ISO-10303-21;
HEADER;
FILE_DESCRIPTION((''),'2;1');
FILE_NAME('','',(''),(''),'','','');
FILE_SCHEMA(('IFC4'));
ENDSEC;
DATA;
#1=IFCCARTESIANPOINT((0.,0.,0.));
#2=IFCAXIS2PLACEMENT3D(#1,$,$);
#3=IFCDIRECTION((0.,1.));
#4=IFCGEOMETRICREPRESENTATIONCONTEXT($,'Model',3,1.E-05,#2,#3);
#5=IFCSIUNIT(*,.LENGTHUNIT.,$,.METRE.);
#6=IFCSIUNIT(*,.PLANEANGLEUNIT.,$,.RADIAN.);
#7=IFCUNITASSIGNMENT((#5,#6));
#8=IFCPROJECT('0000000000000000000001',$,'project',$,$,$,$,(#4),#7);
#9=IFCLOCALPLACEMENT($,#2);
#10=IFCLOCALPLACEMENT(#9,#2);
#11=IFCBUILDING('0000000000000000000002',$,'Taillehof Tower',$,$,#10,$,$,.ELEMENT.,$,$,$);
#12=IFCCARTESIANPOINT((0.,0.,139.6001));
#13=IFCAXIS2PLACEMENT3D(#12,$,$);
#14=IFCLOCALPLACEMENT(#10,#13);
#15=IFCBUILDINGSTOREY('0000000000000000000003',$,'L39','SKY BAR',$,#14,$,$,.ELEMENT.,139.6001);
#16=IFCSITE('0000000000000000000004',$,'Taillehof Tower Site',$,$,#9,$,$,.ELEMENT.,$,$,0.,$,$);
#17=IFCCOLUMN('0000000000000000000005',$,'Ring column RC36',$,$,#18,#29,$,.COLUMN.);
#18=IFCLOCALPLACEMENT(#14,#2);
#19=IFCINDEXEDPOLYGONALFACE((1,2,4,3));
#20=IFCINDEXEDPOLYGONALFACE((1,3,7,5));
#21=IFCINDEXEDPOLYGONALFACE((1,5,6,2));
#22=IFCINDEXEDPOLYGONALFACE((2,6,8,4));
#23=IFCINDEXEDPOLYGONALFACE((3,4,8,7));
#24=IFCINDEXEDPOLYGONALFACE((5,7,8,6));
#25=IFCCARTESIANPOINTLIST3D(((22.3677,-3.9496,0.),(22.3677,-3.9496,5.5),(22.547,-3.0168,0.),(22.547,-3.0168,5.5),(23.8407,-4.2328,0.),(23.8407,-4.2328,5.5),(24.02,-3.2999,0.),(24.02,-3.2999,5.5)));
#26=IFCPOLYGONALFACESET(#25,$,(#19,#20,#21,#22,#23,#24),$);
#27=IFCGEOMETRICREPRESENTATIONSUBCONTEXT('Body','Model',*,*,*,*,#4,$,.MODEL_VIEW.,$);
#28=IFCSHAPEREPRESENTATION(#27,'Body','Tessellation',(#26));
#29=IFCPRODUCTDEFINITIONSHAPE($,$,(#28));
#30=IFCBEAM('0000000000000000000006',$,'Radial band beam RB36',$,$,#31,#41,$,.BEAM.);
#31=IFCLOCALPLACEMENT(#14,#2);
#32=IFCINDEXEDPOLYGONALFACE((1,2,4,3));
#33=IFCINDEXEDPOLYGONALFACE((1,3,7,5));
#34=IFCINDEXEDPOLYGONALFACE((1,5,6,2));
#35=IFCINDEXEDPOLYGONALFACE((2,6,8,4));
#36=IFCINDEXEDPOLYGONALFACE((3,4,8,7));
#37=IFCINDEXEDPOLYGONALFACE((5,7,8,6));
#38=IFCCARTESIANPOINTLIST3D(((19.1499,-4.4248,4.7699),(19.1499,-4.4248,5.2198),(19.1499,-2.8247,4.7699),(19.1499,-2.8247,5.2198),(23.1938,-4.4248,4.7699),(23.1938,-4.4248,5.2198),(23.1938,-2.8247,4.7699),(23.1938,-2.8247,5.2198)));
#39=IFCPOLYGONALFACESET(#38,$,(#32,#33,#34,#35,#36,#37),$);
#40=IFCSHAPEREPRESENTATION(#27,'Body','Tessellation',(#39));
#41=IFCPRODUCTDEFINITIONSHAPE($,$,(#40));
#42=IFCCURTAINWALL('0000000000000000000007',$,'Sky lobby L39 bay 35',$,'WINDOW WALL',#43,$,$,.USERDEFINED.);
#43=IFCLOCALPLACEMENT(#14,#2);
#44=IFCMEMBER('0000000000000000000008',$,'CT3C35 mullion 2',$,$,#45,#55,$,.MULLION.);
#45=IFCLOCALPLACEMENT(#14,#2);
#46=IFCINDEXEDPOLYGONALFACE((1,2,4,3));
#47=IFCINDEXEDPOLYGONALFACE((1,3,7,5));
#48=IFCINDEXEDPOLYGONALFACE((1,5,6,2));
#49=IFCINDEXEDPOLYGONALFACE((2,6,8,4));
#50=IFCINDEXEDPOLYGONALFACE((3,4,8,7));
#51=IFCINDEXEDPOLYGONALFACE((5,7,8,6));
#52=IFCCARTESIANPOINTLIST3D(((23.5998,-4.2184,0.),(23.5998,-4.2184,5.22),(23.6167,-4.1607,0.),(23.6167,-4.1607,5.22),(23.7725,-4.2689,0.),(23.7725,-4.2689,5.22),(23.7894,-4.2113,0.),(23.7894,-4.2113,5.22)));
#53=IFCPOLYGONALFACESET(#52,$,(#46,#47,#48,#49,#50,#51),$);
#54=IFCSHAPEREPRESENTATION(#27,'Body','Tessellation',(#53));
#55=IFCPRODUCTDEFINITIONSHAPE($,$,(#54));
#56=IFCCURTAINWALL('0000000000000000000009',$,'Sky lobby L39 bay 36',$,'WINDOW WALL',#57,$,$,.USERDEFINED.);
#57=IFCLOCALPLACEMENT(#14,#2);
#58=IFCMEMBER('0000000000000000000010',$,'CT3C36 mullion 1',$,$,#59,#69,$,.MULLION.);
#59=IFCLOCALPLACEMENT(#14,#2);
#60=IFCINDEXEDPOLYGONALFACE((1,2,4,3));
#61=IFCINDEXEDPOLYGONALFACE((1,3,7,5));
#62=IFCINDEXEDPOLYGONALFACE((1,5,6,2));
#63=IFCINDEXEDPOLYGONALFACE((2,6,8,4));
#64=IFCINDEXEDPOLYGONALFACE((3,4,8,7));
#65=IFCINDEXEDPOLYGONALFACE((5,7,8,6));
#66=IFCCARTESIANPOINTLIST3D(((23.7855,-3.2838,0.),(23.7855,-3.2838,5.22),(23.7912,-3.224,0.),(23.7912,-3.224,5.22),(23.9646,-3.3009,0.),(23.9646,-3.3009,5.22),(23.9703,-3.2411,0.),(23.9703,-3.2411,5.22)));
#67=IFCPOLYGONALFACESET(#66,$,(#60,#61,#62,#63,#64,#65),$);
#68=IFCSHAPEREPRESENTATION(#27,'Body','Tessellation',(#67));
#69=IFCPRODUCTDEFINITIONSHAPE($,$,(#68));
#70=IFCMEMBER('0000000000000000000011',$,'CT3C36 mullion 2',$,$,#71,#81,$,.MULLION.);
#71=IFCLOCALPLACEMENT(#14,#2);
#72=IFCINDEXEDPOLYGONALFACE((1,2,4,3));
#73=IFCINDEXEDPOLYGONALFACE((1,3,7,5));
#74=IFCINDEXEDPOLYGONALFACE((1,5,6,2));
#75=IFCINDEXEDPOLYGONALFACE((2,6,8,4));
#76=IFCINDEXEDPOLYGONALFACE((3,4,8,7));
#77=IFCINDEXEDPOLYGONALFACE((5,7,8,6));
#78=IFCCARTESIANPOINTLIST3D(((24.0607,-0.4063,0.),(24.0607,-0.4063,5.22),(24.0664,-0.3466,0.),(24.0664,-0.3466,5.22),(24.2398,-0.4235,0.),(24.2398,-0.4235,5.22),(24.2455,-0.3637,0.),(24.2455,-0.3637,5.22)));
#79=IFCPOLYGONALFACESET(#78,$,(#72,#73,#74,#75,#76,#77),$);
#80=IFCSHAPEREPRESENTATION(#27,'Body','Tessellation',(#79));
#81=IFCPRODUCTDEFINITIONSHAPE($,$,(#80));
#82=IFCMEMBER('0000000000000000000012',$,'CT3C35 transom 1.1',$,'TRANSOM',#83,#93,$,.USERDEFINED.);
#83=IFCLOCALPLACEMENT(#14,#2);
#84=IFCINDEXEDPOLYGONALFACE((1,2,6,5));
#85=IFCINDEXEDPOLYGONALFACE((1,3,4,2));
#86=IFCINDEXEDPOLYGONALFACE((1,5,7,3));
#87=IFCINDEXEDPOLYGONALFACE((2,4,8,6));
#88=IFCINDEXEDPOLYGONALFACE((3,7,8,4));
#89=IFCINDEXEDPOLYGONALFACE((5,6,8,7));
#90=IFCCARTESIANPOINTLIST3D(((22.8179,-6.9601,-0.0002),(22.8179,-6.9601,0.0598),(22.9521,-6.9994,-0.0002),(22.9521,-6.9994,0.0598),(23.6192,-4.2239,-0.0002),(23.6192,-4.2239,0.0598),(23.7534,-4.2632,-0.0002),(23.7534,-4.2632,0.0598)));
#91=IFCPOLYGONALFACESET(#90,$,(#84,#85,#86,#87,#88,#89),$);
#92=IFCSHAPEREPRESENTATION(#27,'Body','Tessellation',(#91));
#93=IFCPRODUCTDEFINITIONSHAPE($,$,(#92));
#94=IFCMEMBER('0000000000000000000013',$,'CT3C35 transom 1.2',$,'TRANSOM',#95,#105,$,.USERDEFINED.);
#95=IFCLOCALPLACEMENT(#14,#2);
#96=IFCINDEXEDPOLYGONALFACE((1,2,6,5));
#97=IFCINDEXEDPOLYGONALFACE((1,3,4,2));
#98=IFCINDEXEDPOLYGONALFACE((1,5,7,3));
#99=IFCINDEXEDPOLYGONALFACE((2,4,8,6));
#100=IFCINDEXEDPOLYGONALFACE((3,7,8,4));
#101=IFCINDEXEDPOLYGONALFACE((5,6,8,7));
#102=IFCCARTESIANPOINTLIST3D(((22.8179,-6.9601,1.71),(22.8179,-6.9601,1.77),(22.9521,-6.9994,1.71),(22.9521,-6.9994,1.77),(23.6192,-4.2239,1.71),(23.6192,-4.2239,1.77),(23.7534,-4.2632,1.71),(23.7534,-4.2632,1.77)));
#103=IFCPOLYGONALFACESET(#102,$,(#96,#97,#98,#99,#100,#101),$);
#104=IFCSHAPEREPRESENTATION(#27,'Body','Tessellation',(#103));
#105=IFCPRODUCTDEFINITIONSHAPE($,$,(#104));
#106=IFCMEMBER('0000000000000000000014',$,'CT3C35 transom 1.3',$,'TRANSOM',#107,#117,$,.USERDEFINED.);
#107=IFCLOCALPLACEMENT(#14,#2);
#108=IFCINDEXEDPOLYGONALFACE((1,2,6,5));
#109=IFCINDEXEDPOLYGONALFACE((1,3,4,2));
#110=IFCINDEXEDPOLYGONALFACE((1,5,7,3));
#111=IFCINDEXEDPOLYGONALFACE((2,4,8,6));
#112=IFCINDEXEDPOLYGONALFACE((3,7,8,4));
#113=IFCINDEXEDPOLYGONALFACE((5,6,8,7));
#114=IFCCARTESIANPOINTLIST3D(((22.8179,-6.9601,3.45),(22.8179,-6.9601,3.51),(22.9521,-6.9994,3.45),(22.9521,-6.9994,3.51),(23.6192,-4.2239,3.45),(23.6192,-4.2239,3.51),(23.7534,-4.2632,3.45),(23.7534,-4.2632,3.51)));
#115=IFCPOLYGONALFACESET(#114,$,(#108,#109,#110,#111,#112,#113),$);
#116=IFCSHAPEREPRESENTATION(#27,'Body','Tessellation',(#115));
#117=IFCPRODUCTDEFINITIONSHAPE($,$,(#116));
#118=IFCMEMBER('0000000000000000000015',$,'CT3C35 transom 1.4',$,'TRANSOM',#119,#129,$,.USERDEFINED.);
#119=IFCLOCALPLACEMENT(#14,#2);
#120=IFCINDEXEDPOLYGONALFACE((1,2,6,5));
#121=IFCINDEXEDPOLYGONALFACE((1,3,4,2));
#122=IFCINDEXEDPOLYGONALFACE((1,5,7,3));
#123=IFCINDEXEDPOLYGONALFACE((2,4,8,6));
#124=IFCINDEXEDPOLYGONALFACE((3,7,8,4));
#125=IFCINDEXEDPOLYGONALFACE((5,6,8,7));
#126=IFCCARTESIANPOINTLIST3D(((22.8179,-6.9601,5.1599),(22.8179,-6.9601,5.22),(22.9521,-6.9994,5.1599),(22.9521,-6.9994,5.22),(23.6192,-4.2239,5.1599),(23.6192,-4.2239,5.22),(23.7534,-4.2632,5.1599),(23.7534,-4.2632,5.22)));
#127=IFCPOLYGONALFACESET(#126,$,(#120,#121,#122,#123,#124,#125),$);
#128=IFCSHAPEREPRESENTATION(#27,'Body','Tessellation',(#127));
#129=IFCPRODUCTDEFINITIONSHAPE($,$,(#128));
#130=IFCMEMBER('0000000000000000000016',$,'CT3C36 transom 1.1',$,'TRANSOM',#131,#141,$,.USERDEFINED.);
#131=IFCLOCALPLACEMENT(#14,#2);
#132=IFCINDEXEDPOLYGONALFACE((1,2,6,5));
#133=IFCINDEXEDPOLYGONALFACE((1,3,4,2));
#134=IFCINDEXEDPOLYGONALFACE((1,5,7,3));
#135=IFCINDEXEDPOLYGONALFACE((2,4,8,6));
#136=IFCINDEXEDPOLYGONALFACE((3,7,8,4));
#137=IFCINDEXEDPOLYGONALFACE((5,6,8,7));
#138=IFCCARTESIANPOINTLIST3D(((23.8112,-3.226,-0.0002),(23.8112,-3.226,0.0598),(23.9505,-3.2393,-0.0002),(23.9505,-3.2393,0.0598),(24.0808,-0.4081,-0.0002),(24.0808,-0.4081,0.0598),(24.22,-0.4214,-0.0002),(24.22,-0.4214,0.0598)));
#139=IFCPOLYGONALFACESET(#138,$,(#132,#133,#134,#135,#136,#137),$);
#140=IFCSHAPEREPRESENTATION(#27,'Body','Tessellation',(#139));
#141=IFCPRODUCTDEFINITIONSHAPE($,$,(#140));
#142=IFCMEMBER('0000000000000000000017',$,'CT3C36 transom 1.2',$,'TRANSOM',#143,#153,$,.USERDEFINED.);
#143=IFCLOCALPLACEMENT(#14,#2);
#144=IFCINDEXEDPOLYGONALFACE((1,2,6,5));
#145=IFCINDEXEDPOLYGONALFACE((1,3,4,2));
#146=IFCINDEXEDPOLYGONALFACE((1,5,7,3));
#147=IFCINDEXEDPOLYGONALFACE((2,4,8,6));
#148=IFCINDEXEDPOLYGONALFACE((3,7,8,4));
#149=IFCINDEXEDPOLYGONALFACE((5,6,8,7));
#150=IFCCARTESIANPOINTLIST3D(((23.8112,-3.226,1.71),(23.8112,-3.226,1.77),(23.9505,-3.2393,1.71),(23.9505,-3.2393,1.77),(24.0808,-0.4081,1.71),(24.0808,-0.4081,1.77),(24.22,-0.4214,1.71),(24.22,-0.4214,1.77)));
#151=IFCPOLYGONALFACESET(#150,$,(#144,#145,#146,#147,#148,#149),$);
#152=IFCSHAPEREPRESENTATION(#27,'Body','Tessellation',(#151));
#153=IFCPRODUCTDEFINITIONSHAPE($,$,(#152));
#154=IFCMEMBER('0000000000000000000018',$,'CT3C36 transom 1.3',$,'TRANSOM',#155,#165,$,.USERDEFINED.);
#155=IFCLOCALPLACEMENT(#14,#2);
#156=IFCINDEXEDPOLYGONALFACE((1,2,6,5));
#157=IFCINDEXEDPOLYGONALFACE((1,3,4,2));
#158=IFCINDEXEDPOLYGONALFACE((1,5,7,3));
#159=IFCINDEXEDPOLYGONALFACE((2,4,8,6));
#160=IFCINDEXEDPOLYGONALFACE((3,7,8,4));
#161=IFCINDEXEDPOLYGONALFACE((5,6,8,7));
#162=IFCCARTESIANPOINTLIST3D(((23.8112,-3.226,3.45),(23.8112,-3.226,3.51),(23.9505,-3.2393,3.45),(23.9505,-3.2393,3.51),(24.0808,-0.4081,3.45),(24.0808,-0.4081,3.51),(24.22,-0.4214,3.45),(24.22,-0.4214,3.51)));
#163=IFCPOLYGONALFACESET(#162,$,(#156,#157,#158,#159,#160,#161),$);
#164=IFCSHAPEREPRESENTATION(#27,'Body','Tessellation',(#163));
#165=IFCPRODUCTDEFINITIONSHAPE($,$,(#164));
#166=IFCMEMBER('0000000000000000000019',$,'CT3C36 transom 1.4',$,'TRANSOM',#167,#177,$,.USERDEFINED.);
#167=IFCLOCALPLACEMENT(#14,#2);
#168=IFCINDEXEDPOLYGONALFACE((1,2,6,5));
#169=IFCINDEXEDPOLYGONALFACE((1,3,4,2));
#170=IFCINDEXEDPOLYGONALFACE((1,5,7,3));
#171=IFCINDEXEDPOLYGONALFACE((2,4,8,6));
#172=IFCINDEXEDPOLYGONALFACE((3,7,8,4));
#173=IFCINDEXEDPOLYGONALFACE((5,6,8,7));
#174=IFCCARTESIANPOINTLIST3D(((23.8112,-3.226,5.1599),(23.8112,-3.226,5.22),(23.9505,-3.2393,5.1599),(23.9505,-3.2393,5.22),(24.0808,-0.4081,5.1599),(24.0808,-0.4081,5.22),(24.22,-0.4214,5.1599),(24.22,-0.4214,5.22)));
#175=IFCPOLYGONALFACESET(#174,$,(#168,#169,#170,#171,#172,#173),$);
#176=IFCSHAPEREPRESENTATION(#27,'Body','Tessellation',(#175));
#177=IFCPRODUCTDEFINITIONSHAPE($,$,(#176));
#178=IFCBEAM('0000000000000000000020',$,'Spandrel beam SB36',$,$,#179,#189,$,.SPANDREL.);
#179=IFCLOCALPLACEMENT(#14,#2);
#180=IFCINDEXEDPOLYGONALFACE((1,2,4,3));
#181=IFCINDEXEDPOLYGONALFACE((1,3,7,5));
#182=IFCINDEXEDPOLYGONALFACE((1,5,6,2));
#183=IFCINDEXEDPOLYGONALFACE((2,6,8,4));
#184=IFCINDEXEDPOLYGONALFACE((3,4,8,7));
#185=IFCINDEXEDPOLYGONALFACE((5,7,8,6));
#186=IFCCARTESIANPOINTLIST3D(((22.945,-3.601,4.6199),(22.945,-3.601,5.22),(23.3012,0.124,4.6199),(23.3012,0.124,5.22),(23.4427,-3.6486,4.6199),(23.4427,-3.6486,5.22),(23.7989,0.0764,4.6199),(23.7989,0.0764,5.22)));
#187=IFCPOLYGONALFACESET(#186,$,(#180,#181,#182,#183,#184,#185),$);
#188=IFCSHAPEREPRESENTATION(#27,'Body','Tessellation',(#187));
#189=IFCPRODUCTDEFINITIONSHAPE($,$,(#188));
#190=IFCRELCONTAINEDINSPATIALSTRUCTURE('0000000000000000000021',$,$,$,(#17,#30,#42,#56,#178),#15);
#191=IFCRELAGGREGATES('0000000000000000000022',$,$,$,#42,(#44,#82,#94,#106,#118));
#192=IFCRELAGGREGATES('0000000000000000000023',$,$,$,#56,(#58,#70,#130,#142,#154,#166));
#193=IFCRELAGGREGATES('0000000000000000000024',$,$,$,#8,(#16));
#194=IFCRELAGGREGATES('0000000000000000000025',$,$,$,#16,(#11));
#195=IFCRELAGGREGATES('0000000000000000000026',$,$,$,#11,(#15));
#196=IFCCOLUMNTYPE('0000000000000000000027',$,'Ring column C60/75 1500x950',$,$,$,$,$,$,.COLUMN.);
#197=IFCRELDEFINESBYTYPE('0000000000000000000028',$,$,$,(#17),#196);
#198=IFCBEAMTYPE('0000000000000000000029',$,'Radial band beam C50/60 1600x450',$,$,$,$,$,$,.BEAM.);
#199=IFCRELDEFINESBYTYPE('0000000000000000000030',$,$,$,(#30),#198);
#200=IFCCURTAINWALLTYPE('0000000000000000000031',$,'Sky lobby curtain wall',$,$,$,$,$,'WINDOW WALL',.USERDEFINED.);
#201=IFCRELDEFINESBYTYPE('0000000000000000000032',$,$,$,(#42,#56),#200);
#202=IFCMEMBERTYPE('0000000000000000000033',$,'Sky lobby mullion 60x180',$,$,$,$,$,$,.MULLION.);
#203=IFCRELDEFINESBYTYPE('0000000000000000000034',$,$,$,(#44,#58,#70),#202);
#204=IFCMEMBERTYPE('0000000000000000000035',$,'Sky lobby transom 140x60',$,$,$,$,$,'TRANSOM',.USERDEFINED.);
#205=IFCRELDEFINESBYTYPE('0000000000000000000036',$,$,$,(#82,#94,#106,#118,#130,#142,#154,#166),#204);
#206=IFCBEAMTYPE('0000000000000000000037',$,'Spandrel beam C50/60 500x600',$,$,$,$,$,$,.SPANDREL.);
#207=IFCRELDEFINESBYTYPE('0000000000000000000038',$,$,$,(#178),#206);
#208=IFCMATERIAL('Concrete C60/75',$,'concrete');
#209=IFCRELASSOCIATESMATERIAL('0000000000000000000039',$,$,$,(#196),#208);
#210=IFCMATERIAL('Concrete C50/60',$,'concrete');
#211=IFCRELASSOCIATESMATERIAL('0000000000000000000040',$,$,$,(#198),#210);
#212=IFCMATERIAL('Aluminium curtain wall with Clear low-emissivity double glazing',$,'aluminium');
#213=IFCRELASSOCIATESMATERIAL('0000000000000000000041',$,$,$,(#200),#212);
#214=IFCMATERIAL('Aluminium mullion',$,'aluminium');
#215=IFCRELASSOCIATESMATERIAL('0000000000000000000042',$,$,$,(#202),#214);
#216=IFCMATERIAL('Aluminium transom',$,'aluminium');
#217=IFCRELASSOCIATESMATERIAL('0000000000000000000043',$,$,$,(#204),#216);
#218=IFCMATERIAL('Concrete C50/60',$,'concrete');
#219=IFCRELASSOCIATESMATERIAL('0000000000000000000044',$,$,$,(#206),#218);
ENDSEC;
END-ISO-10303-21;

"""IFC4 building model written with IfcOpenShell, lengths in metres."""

from ifc_helpers import new_model, si_unit, direction, frame, origin, origin_2d, place, context, subcontext, project, spatial, rectangle, extrude, material, material_profile, profile_set, type_object, element, aggregate, save


model = new_model("IFC4")

# Units and contexts
model_context = context("Model", 3, precision=1e-05, world=origin(), true_north=direction((0.0, 1.0)))
body_context = subcontext(model_context, "Body", "Model", "MODEL_VIEW")
ifc_project = project(units=[si_unit("LENGTHUNIT", "METRE"), si_unit("PLANEANGLEUNIT", "RADIAN")], contexts=[model_context])

# Site, building, storey
site_placement = place(None, origin())
site = spatial("IfcSite", under=ifc_project, at=site_placement, Name="Taillehof Tower Site", CompositionType="ELEMENT", RefElevation=0.0)
building_placement = place(site_placement, origin())
building = spatial("IfcBuilding", under=site, at=building_placement, Name="Taillehof Tower", CompositionType="ELEMENT")
storey_placement = place(building_placement, frame((0.0, 0.0, 139.6001)))
storey = spatial("IfcBuildingStorey", under=building, at=storey_placement, Name="L39", Description="SKY BAR", CompositionType="ELEMENT", Elevation=139.6001)

# Column
ifc_material_1 = material(Name="Concrete C60/75", Category="concrete")
ifc_material_profile_1 = material_profile(ifc_material_1, rectangle(XDim=1.5, YDim=0.95, at=origin_2d()), Name="RC 1500x950")
ifc_profile_set_1 = profile_set([ifc_material_profile_1], Name="Concrete C60/75")
column_type = type_object("IfcColumnType", Name="Ring column C60/75 1500x950", PredefinedType="COLUMN", material=ifc_profile_set_1)
column_placement = place(storey_placement, frame((23.1938, -3.6248, 0.0), z_axis=(0.0, 0.0, 1.0), x_axis=(0.982024, -0.188757, 0.0)))
element("IfcColumn", 1, at=column_placement, inside=storey, type_object=column_type, Name="Ring column RC36", PredefinedType="COLUMN", context=body_context, shape_type="SweptSolid", body=[
    extrude(rectangle(XDim=1.5, YDim=0.95, at=origin_2d()), origin(), (0.0, 0.0, 1.0), 5.5),
])

# Beam
ifc_material_2 = material(Name="Concrete C50/60", Category="concrete")
ifc_material_profile_2 = material_profile(ifc_material_2, rectangle(XDim=1.6001, YDim=0.45, at=origin_2d()), Name="RC 1600x450")
ifc_profile_set_2 = profile_set([ifc_material_profile_2], Name="Concrete C50/60")
beam_type_1 = type_object("IfcBeamType", Name="Radial band beam C50/60 1600x450", PredefinedType="BEAM", material=ifc_profile_set_2)
beam_1_placement = place(storey_placement, frame((23.1938, -3.6248, 4.9949), z_axis=(-1.0, 0.0, 0.0), x_axis=(0.0, -1.0, 0.0)))
element("IfcBeam", 2, at=beam_1_placement, inside=storey, type_object=beam_type_1, Name="Radial band beam RB36", PredefinedType="BEAM", context=body_context, shape_type="SweptSolid", body=[
    extrude(rectangle(XDim=1.6001, YDim=0.45, at=origin_2d()), origin(), (0.0, 0.0, 1.0), 4.0439),
])

# Curtain wall, member
ifc_material_3 = material(Name="Aluminium curtain wall with Clear low-emissivity double glazing", Category="aluminium")
curtain_wall_type = type_object("IfcCurtainWallType", Name="Sky lobby curtain wall", ElementType="WINDOW WALL", PredefinedType="USERDEFINED", material=ifc_material_3)
curtain_wall_1_placement = place(storey_placement, origin())
curtain_wall_1 = element("IfcCurtainWall", 3, at=curtain_wall_1_placement, inside=storey, type_object=curtain_wall_type, Name="Sky lobby L39 bay 35", ObjectType="WINDOW WALL", PredefinedType="USERDEFINED")
ifc_material_4 = material(Name="Aluminium mullion", Category="aluminium")
ifc_material_profile_3 = material_profile(ifc_material_4, rectangle(XDim=0.1799, YDim=0.0601, at=origin_2d()), Name="AL 60x180")
ifc_profile_set_3 = profile_set([ifc_material_profile_3], Name="Aluminium mullion")
member_type_1 = type_object("IfcMemberType", Name="Sky lobby mullion 60x180", PredefinedType="MULLION", material=ifc_profile_set_3)
member_1_placement = place(storey_placement, frame((23.6946, -4.2148, 0.0), z_axis=(0.0, 0.0, 1.0), x_axis=(-0.959684, 0.28108, 0.0)))
member_1 = element("IfcMember", 4, at=member_1_placement, type_object=member_type_1, Name="CT3C35 mullion 2", PredefinedType="MULLION", context=body_context, shape_type="SweptSolid", body=[
    extrude(rectangle(XDim=0.1799, YDim=0.0601, at=origin_2d()), origin(), (0.0, 0.0, 1.0), 5.22),
])

# Curtain wall, members
curtain_wall_2_placement = place(storey_placement, origin())
curtain_wall_2 = element("IfcCurtainWall", 5, at=curtain_wall_2_placement, inside=storey, type_object=curtain_wall_type, Name="Sky lobby L39 bay 36", ObjectType="WINDOW WALL", PredefinedType="USERDEFINED")
member_2_placement = place(storey_placement, frame((23.8779, -3.2625, 0.0), z_axis=(0.0, 0.0, 1.0), x_axis=(-0.995458, 0.095197, 0.0)))
member_2 = element("IfcMember", 6, at=member_2_placement, type_object=member_type_1, Name="CT3C36 mullion 1", PredefinedType="MULLION", context=body_context, shape_type="SweptSolid", body=[
    extrude(rectangle(XDim=0.1799, YDim=0.0601, at=origin_2d()), origin(), (0.0, 0.0, 1.0), 5.22),
])
member_3_placement = place(storey_placement, frame((24.1531, -0.385, 0.0), z_axis=(0.0, 0.0, 1.0), x_axis=(-0.995458, 0.095197, 0.0)))
member_3 = element("IfcMember", 7, at=member_3_placement, type_object=member_type_1, Name="CT3C36 mullion 2", PredefinedType="MULLION", context=body_context, shape_type="SweptSolid", body=[
    extrude(rectangle(XDim=0.1799, YDim=0.0601, at=origin_2d()), origin(), (0.0, 0.0, 1.0), 5.22),
])

# Members
ifc_material_5 = material(Name="Aluminium transom", Category="aluminium")
ifc_material_profile_4 = material_profile(ifc_material_5, rectangle(XDim=0.1399, YDim=0.0601, at=origin_2d()), Name="AL 140x60")
ifc_profile_set_4 = profile_set([ifc_material_profile_4], Name="Aluminium transom")
member_type_2 = type_object("IfcMemberType", Name="Sky lobby transom 140x60", ElementType="TRANSOM", PredefinedType="USERDEFINED", material=ifc_profile_set_4)
member_4_placement = place(storey_placement, frame((22.885, -6.9797, 0.0298), z_axis=(0.281049, 0.959693, 0.0), x_axis=(-0.959693, 0.281049, 0.0)))
member_4 = element("IfcMember", 8, at=member_4_placement, type_object=member_type_2, Name="CT3C35 transom 1.1", ObjectType="TRANSOM", PredefinedType="USERDEFINED", context=body_context, shape_type="SweptSolid", body=[
    extrude(rectangle(XDim=0.1399, YDim=0.0601, at=origin_2d()), origin(), (0.0, 0.0, 1.0), 2.8511),
])
member_5_placement = place(storey_placement, frame((22.885, -6.9797, 1.74), z_axis=(0.281049, 0.959693, 0.0), x_axis=(-0.959693, 0.281049, 0.0)))
member_5 = element("IfcMember", 9, at=member_5_placement, type_object=member_type_2, Name="CT3C35 transom 1.2", ObjectType="TRANSOM", PredefinedType="USERDEFINED", context=body_context, shape_type="SweptSolid", body=[
    extrude(rectangle(XDim=0.1399, YDim=0.0601, at=origin_2d()), origin(), (0.0, 0.0, 1.0), 2.8511),
])
member_6_placement = place(storey_placement, frame((22.885, -6.9797, 3.48), z_axis=(0.281049, 0.959693, 0.0), x_axis=(-0.959693, 0.281049, 0.0)))
member_6 = element("IfcMember", 10, at=member_6_placement, type_object=member_type_2, Name="CT3C35 transom 1.3", ObjectType="TRANSOM", PredefinedType="USERDEFINED", context=body_context, shape_type="SweptSolid", body=[
    extrude(rectangle(XDim=0.1399, YDim=0.0601, at=origin_2d()), origin(), (0.0, 0.0, 1.0), 2.8511),
])
member_7_placement = place(storey_placement, frame((22.885, -6.9797, 5.1899), z_axis=(0.281049, 0.959693, 0.0), x_axis=(-0.959693, 0.281049, 0.0)))
member_7 = element("IfcMember", 11, at=member_7_placement, type_object=member_type_2, Name="CT3C35 transom 1.4", ObjectType="TRANSOM", PredefinedType="USERDEFINED", context=body_context, shape_type="SweptSolid", body=[
    extrude(rectangle(XDim=0.1399, YDim=0.0601, at=origin_2d()), origin(), (0.0, 0.0, 1.0), 2.8511),
])
member_8_placement = place(storey_placement, frame((23.8809, -3.2327, 0.0298), z_axis=(0.095216, 0.995457, 0.0), x_axis=(-0.995457, 0.095216, 0.0)))
member_8 = element("IfcMember", 12, at=member_8_placement, type_object=member_type_2, Name="CT3C36 transom 1.1", ObjectType="TRANSOM", PredefinedType="USERDEFINED", context=body_context, shape_type="SweptSolid", body=[
    extrude(rectangle(XDim=0.1399, YDim=0.0601, at=origin_2d()), origin(), (0.0, 0.0, 1.0), 2.8308),
])
member_9_placement = place(storey_placement, frame((23.8809, -3.2327, 1.74), z_axis=(0.095216, 0.995457, 0.0), x_axis=(-0.995457, 0.095216, 0.0)))
member_9 = element("IfcMember", 13, at=member_9_placement, type_object=member_type_2, Name="CT3C36 transom 1.2", ObjectType="TRANSOM", PredefinedType="USERDEFINED", context=body_context, shape_type="SweptSolid", body=[
    extrude(rectangle(XDim=0.1399, YDim=0.0601, at=origin_2d()), origin(), (0.0, 0.0, 1.0), 2.8308),
])
member_10_placement = place(storey_placement, frame((23.8809, -3.2327, 3.48), z_axis=(0.095216, 0.995457, 0.0), x_axis=(-0.995457, 0.095216, 0.0)))
member_10 = element("IfcMember", 14, at=member_10_placement, type_object=member_type_2, Name="CT3C36 transom 1.3", ObjectType="TRANSOM", PredefinedType="USERDEFINED", context=body_context, shape_type="SweptSolid", body=[
    extrude(rectangle(XDim=0.1399, YDim=0.0601, at=origin_2d()), origin(), (0.0, 0.0, 1.0), 2.8308),
])
member_11_placement = place(storey_placement, frame((23.8809, -3.2327, 5.1899), z_axis=(0.095216, 0.995457, 0.0), x_axis=(-0.995457, 0.095216, 0.0)))
member_11 = element("IfcMember", 15, at=member_11_placement, type_object=member_type_2, Name="CT3C36 transom 1.4", ObjectType="TRANSOM", PredefinedType="USERDEFINED", context=body_context, shape_type="SweptSolid", body=[
    extrude(rectangle(XDim=0.1399, YDim=0.0601, at=origin_2d()), origin(), (0.0, 0.0, 1.0), 2.8308),
])

# Beam
ifc_material_6 = material(Name="Concrete C50/60", Category="concrete")
ifc_material_profile_5 = material_profile(ifc_material_6, rectangle(XDim=0.5, YDim=0.6001, at=origin_2d()), Name="RC 500x600")
ifc_profile_set_5 = profile_set([ifc_material_profile_5], Name="Concrete C50/60")
beam_type_2 = type_object("IfcBeamType", Name="Spandrel beam C50/60 500x600", PredefinedType="SPANDREL", material=ifc_profile_set_5)
beam_2_placement = place(storey_placement, frame((23.1938, -3.6248, 4.9199), z_axis=(0.095194, 0.995459, 0.0), x_axis=(-0.995459, 0.095194, 0.0)))
element("IfcBeam", 16, at=beam_2_placement, inside=storey, type_object=beam_type_2, Name="Spandrel beam SB36", PredefinedType="SPANDREL", context=body_context, shape_type="SweptSolid", body=[
    extrude(rectangle(XDim=0.5, YDim=0.6001, at=origin_2d()), origin(), (0.0, 0.0, 1.0), 3.7419),
])

aggregate(curtain_wall_1, [member_1, member_4, member_5, member_6, member_7])
aggregate(curtain_wall_2, [member_2, member_3, member_8, member_9, member_10, member_11])

save(model, "model.ifc")
